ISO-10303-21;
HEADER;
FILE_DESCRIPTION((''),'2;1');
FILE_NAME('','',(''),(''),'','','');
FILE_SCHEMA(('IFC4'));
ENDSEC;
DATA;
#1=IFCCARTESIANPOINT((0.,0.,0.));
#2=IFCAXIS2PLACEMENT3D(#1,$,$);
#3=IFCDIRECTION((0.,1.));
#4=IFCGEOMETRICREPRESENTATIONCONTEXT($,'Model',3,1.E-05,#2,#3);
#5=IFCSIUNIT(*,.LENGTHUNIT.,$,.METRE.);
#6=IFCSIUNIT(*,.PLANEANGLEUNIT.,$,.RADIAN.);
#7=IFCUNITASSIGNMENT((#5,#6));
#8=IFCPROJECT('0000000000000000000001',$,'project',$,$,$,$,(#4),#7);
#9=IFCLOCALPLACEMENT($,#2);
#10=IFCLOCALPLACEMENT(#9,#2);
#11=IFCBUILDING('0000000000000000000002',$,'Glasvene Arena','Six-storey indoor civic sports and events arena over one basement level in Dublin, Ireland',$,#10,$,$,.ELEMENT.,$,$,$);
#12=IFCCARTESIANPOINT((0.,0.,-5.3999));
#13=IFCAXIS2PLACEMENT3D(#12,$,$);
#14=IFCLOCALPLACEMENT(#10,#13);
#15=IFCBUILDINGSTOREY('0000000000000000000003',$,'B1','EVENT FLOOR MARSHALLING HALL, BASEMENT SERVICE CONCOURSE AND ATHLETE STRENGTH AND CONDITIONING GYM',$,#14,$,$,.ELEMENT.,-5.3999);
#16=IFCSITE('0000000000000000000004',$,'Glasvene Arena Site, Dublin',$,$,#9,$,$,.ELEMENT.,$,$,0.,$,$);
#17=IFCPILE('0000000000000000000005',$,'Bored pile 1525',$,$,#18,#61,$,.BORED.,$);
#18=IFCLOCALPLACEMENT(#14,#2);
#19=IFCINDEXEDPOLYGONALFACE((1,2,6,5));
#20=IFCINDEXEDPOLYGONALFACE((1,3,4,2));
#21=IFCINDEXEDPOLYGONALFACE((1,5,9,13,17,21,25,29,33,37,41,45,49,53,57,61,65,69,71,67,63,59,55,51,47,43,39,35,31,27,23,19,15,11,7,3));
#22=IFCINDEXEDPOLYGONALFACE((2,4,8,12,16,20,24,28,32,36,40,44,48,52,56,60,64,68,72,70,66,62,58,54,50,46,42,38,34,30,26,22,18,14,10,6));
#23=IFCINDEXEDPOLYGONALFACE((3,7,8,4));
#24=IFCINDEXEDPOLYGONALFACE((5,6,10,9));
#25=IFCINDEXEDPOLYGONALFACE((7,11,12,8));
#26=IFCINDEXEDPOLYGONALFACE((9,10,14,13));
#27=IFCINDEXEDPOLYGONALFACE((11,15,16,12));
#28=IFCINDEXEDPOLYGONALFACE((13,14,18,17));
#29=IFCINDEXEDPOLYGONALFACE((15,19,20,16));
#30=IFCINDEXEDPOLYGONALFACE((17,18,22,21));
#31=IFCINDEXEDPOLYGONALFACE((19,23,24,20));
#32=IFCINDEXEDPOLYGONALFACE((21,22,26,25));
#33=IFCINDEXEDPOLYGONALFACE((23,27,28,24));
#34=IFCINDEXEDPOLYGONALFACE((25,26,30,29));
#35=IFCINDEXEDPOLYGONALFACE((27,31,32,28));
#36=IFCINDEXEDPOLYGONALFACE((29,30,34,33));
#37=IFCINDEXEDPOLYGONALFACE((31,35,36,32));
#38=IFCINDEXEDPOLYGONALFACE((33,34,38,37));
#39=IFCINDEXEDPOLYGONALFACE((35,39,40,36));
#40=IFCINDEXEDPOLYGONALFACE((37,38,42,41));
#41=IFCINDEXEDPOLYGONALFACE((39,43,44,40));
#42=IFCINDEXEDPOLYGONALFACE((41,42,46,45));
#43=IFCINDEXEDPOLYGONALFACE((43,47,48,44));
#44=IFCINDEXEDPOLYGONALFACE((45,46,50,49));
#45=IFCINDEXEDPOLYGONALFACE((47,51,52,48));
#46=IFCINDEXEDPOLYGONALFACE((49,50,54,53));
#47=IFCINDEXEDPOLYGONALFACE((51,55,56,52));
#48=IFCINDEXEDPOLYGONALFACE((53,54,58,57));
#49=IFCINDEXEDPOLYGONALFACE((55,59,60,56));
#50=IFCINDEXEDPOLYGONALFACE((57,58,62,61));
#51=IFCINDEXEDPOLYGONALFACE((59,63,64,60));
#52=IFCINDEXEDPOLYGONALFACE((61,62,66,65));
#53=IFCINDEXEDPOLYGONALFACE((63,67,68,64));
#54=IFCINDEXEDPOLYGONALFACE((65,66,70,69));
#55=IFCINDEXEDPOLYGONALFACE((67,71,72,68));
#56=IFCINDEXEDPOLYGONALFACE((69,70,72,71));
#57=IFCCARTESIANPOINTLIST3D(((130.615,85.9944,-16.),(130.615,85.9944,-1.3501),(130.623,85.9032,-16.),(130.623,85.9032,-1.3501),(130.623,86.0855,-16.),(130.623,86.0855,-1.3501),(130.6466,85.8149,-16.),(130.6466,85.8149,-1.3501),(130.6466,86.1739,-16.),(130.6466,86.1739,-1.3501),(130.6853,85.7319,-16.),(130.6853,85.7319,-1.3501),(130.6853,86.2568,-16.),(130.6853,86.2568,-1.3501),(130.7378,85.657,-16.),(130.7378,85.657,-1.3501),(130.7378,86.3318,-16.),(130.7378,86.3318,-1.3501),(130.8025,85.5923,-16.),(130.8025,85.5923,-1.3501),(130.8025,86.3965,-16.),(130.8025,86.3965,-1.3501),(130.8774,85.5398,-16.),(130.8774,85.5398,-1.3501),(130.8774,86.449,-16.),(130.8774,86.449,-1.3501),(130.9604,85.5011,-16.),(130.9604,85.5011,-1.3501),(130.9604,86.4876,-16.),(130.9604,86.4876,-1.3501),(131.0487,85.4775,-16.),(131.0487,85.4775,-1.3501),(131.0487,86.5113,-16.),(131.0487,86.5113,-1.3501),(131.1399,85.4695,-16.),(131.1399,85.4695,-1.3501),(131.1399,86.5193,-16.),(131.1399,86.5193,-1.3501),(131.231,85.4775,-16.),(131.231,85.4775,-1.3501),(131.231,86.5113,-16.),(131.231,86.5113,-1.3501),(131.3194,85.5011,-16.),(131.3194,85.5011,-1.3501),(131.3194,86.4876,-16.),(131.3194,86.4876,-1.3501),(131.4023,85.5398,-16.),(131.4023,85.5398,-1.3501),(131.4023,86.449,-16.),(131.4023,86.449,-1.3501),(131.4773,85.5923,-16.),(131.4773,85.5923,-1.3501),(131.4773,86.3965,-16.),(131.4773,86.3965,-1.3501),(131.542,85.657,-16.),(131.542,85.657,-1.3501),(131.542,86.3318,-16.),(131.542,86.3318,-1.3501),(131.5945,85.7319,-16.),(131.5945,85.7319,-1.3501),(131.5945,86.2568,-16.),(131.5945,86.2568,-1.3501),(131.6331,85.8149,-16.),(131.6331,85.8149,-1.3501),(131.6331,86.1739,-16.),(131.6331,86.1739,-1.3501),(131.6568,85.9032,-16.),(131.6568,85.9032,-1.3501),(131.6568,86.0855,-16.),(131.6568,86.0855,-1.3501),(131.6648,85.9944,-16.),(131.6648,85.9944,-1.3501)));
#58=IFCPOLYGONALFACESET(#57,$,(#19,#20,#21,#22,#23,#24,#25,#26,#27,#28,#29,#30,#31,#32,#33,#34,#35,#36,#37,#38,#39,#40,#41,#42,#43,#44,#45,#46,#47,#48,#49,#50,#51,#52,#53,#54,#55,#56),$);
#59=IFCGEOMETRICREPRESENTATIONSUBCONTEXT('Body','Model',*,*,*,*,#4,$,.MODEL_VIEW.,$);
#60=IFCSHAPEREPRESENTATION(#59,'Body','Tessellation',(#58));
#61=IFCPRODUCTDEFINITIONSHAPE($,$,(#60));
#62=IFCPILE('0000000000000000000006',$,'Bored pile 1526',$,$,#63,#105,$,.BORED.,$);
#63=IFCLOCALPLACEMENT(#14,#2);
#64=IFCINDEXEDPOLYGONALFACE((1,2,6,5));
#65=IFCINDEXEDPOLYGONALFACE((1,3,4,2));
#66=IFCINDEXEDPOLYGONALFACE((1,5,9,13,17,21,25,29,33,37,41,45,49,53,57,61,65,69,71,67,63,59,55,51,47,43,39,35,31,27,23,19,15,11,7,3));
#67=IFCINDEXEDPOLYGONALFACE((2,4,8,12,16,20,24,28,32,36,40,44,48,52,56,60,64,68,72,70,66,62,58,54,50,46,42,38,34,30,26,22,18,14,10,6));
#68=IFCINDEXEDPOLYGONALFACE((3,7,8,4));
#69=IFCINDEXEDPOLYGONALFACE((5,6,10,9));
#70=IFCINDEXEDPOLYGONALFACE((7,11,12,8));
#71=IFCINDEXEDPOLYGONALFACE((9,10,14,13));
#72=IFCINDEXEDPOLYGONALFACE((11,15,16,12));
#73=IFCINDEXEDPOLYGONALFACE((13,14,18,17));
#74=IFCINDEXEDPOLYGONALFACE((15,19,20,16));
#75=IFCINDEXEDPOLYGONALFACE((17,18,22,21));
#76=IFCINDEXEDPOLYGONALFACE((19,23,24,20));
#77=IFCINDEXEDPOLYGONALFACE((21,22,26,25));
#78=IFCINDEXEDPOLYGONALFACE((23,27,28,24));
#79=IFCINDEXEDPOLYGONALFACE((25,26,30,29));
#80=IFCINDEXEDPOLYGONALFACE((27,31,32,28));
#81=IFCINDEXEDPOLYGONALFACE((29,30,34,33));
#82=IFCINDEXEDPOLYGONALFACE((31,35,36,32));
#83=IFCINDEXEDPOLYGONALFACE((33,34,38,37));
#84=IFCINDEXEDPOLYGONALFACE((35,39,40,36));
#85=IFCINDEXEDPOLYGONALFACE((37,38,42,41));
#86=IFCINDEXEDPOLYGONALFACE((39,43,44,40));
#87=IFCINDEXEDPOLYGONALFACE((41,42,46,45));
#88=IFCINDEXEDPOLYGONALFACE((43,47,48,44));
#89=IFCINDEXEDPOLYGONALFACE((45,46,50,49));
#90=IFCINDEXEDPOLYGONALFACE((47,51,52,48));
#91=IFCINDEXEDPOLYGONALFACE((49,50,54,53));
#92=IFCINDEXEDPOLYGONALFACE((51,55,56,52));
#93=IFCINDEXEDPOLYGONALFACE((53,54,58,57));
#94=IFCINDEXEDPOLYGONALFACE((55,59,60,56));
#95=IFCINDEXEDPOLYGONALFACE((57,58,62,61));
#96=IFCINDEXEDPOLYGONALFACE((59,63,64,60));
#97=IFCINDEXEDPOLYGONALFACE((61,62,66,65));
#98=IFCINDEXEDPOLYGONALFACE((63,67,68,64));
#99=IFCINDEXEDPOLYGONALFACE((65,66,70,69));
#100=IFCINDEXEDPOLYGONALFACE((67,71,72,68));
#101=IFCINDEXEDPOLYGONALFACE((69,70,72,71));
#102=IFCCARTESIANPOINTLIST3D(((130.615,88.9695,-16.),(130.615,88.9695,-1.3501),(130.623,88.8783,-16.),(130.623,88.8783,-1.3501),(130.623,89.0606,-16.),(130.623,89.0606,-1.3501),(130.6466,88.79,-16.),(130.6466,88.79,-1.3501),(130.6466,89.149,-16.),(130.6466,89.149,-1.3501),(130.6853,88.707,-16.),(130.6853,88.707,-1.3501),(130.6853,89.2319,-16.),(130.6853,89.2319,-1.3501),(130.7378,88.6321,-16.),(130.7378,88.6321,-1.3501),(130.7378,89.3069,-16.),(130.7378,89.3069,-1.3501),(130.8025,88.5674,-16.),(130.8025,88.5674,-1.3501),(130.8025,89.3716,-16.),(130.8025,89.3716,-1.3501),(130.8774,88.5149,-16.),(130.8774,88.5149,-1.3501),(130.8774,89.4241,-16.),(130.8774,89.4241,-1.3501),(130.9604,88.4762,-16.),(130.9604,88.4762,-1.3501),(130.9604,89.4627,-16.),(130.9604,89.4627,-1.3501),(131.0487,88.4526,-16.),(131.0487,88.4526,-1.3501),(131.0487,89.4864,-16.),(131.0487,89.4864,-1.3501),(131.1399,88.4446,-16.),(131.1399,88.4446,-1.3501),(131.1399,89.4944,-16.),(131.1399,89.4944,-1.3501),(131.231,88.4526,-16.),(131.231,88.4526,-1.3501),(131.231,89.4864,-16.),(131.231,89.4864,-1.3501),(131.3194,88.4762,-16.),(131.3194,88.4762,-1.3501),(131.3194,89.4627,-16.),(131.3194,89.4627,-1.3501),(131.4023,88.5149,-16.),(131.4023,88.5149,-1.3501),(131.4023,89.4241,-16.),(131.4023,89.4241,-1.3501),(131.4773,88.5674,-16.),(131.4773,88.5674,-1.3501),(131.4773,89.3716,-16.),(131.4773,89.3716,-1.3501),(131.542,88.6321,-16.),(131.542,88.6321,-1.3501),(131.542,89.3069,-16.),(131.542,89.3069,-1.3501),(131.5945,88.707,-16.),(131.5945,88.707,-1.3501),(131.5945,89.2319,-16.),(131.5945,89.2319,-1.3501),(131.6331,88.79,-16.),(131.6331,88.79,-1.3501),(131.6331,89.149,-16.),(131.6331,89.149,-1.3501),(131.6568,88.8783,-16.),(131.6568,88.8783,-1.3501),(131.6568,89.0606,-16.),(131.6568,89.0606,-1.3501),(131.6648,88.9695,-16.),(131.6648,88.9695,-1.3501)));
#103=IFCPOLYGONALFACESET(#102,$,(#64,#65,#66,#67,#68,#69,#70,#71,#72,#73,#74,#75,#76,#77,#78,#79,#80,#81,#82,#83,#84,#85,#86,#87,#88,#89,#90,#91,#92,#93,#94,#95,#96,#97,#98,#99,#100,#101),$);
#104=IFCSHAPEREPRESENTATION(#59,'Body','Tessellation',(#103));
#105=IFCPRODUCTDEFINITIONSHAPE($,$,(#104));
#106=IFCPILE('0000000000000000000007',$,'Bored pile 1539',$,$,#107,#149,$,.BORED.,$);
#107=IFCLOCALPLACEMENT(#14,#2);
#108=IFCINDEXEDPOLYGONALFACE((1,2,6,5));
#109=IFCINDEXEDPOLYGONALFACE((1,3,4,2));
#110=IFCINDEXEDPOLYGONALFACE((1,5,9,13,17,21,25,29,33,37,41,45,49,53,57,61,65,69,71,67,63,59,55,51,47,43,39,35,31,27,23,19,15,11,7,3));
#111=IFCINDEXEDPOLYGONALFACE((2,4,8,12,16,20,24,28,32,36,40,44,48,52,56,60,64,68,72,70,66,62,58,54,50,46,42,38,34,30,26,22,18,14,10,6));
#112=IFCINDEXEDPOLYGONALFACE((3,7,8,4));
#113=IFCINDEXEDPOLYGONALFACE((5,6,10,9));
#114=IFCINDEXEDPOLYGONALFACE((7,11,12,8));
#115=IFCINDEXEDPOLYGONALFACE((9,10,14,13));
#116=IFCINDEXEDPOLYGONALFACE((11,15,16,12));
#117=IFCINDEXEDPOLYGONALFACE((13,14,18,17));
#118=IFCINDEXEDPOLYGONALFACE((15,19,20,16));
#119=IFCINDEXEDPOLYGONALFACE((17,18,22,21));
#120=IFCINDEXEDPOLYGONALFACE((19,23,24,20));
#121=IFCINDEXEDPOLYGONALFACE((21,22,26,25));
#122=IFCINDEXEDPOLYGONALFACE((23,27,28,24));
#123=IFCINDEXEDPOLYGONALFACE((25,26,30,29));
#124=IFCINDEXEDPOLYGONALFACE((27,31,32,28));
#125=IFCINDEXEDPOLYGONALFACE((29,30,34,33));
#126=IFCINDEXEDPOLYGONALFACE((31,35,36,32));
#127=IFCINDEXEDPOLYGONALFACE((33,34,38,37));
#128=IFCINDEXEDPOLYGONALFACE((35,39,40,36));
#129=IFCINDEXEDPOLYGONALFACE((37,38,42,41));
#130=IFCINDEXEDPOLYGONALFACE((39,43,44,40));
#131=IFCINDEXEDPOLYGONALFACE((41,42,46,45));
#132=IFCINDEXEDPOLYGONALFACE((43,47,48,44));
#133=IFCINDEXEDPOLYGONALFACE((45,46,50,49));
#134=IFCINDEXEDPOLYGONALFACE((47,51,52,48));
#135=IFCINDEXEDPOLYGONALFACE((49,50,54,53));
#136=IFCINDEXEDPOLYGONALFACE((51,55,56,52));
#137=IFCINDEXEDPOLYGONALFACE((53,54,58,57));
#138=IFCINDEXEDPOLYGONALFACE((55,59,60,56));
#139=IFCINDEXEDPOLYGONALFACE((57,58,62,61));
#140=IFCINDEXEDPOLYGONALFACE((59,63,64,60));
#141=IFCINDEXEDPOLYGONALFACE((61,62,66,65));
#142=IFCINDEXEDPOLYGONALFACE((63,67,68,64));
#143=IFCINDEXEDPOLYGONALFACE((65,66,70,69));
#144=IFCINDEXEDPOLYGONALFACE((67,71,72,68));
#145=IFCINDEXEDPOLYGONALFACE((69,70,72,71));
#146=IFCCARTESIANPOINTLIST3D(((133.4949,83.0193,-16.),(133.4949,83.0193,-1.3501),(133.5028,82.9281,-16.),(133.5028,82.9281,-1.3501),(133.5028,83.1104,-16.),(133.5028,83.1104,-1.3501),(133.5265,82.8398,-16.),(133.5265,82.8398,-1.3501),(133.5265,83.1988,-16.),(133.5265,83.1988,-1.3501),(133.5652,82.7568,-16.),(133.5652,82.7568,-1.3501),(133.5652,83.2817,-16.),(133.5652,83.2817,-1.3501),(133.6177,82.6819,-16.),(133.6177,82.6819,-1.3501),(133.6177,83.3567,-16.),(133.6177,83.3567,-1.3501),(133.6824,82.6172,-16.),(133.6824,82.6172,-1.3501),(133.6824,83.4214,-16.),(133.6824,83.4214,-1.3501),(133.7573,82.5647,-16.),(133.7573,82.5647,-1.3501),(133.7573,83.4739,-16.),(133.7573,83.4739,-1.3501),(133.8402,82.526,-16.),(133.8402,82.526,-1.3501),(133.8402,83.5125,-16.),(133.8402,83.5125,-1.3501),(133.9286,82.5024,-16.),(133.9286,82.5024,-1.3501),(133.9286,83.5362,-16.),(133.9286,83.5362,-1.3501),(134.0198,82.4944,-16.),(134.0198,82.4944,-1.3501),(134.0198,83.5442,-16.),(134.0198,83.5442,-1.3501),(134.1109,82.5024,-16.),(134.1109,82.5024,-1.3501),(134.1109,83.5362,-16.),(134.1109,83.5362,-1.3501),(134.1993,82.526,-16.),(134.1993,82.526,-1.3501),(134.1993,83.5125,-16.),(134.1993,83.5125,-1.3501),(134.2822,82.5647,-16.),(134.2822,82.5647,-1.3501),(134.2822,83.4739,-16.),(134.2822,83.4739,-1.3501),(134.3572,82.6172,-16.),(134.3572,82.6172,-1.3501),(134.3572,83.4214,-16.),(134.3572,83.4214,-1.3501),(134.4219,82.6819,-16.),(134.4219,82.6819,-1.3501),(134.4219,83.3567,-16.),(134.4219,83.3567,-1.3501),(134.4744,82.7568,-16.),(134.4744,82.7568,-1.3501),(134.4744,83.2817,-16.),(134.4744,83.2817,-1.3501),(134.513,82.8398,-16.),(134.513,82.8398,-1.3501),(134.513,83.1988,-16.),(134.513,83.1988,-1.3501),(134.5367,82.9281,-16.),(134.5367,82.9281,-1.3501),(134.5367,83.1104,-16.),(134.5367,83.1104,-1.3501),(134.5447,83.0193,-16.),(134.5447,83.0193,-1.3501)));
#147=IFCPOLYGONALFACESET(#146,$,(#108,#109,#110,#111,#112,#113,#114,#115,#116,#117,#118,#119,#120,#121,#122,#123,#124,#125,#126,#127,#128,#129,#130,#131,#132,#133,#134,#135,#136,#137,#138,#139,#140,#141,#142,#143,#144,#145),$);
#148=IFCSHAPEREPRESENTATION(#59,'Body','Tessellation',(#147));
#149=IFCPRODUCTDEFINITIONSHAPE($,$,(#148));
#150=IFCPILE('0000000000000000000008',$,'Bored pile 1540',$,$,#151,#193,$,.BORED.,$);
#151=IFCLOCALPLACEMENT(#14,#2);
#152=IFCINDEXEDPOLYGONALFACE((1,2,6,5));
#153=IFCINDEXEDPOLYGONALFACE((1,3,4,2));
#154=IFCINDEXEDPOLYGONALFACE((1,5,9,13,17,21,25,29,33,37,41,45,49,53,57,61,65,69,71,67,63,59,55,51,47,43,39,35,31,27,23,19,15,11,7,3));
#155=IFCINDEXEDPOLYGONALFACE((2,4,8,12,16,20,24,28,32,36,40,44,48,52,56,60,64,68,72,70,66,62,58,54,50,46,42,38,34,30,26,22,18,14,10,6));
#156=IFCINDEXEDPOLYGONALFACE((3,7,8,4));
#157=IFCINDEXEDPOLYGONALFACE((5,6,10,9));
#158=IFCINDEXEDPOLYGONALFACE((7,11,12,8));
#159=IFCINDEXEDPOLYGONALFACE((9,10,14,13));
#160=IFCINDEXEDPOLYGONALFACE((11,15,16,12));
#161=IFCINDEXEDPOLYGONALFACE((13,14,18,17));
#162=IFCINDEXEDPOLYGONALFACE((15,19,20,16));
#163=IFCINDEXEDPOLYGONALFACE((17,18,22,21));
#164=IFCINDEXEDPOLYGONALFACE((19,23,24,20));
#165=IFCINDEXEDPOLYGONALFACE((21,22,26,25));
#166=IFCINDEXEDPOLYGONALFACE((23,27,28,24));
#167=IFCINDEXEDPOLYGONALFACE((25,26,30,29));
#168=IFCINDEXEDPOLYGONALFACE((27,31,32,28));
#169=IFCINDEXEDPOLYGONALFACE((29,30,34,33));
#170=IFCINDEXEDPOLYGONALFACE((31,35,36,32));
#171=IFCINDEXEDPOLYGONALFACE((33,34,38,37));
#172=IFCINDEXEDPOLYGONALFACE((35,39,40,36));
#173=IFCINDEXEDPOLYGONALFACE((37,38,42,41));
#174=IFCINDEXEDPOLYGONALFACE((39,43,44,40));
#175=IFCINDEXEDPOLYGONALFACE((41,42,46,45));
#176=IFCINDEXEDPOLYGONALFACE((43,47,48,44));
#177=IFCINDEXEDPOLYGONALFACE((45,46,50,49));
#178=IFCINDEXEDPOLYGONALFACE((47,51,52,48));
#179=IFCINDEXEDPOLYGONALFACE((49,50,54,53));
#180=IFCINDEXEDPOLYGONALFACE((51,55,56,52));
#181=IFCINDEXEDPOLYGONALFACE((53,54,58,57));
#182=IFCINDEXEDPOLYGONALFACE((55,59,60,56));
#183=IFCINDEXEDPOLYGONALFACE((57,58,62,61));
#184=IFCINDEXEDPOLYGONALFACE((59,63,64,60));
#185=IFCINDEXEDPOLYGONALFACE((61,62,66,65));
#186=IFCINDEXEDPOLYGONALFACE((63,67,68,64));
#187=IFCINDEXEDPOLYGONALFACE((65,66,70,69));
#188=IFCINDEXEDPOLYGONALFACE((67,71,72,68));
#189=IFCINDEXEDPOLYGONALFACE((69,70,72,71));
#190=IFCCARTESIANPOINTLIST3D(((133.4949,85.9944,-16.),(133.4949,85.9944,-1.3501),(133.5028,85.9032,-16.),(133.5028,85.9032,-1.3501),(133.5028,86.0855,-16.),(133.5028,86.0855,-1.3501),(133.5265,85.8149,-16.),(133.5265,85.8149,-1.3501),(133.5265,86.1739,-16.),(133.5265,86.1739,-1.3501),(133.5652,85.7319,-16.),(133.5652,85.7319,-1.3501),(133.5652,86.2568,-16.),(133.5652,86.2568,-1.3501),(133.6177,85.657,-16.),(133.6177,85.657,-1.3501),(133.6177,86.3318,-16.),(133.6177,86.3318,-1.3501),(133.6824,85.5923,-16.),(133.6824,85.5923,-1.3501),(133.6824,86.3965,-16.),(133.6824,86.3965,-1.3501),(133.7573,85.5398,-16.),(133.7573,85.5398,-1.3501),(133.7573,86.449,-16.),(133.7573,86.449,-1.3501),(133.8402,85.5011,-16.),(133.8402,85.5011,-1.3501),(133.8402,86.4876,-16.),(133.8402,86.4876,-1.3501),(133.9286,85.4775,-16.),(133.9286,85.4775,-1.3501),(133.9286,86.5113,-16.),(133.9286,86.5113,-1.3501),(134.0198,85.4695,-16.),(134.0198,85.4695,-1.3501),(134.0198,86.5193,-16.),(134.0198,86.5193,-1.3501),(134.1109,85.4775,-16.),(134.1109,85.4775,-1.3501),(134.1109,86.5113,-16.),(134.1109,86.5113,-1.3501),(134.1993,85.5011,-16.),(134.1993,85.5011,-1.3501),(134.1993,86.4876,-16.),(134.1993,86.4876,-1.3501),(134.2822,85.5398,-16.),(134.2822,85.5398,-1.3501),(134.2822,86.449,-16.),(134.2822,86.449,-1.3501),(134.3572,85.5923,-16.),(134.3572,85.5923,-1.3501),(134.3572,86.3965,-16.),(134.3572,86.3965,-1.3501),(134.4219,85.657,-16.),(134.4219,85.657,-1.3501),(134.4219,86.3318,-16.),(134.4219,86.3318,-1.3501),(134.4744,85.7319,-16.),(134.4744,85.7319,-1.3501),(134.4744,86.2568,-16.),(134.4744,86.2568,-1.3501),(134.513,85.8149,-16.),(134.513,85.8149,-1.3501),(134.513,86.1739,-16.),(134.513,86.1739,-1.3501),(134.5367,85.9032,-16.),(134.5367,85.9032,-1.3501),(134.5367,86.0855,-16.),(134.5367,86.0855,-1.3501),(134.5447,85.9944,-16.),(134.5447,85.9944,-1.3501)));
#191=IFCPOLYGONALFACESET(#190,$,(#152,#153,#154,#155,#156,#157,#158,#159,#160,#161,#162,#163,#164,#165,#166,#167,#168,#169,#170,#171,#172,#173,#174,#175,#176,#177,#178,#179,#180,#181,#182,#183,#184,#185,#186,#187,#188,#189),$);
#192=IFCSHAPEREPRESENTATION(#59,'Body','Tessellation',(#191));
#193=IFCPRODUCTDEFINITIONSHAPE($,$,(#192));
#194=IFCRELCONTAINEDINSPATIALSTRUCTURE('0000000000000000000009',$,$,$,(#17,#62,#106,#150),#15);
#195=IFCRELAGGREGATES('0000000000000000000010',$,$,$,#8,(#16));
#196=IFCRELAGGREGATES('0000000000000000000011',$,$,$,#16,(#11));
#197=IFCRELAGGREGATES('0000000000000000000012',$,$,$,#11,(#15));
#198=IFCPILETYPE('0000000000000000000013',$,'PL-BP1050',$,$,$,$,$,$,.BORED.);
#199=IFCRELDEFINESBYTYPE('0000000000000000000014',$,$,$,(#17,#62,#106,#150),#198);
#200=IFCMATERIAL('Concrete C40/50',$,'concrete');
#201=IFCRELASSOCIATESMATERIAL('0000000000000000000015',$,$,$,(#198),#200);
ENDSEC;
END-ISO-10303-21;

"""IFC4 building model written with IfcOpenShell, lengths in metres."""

from ifc_helpers import new_model, si_unit, direction, frame, origin, origin_2d, place, context, subcontext, project, spatial, circle, extrude, material, material_profile, profile_set, type_object, element, save


model = new_model("IFC4")

# Units and contexts
model_context = context("Model", 3, precision=1e-05, world=origin(), true_north=direction((0.0, 1.0)))
body_context = subcontext(model_context, "Body", "Model", "MODEL_VIEW")
ifc_project = project(units=[si_unit("LENGTHUNIT", "METRE"), si_unit("PLANEANGLEUNIT", "RADIAN")], contexts=[model_context])

# Site, building, storey
site_placement = place(None, origin())
site = spatial("IfcSite", under=ifc_project, at=site_placement, Name="Glasvene Arena Site, Dublin", CompositionType="ELEMENT", RefElevation=0.0)
building_placement = place(site_placement, origin())
building = spatial("IfcBuilding", under=site, at=building_placement, Name="Glasvene Arena", Description="Six-storey indoor civic sports and events arena over one basement level in Dublin, Ireland", CompositionType="ELEMENT")
storey_placement = place(building_placement, frame((0.0, 0.0, -5.3999)))
storey = spatial("IfcBuildingStorey", under=building, at=storey_placement, Name="B1", Description="EVENT FLOOR MARSHALLING HALL, BASEMENT SERVICE CONCOURSE AND ATHLETE STRENGTH AND CONDITIONING GYM", CompositionType="ELEMENT", Elevation=-5.3999)

# Piles
ifc_material_1 = material(Name="Concrete C40/50", Category="concrete")
ifc_material_profile_1 = material_profile(ifc_material_1, circle(Radius=0.5249, at=origin_2d()), Name="BORED PILE 1050")
ifc_profile_set_1 = profile_set([ifc_material_profile_1], Name="Concrete C40/50")
pile_type = type_object("IfcPileType", Name="PL-BP1050", PredefinedType="BORED", material=ifc_profile_set_1)
for number, where, z_axis, x_axis, name in (
    (1, (131.1399, 85.9944, -1.3501), (0.0, 0.0, -1.0), (1.0, 0.0, 0.0), "Bored pile 1525"),
    (2, (131.1399, 88.9695, -1.3501), (0.0, 0.0, -1.0), (1.0, 0.0, 0.0), "Bored pile 1526"),
    (3, (134.0198, 83.0193, -1.3501), (0.0, 0.0, -1.0), (1.0, 0.0, 0.0), "Bored pile 1539"),
    (4, (134.0198, 85.9944, -1.3501), (0.0, 0.0, -1.0), (1.0, 0.0, 0.0), "Bored pile 1540"),
):
    element("IfcPile", number, at=place(storey_placement, frame(where, z_axis=z_axis, x_axis=x_axis)), inside=storey, type_object=pile_type, Name=name, PredefinedType="BORED", context=body_context, shape_type="SweptSolid", body=[
        extrude(circle(Radius=0.5249, at=origin_2d()), origin(), (0.0, 0.0, 1.0), 14.6499),
    ])

save(model, "model.ifc")
